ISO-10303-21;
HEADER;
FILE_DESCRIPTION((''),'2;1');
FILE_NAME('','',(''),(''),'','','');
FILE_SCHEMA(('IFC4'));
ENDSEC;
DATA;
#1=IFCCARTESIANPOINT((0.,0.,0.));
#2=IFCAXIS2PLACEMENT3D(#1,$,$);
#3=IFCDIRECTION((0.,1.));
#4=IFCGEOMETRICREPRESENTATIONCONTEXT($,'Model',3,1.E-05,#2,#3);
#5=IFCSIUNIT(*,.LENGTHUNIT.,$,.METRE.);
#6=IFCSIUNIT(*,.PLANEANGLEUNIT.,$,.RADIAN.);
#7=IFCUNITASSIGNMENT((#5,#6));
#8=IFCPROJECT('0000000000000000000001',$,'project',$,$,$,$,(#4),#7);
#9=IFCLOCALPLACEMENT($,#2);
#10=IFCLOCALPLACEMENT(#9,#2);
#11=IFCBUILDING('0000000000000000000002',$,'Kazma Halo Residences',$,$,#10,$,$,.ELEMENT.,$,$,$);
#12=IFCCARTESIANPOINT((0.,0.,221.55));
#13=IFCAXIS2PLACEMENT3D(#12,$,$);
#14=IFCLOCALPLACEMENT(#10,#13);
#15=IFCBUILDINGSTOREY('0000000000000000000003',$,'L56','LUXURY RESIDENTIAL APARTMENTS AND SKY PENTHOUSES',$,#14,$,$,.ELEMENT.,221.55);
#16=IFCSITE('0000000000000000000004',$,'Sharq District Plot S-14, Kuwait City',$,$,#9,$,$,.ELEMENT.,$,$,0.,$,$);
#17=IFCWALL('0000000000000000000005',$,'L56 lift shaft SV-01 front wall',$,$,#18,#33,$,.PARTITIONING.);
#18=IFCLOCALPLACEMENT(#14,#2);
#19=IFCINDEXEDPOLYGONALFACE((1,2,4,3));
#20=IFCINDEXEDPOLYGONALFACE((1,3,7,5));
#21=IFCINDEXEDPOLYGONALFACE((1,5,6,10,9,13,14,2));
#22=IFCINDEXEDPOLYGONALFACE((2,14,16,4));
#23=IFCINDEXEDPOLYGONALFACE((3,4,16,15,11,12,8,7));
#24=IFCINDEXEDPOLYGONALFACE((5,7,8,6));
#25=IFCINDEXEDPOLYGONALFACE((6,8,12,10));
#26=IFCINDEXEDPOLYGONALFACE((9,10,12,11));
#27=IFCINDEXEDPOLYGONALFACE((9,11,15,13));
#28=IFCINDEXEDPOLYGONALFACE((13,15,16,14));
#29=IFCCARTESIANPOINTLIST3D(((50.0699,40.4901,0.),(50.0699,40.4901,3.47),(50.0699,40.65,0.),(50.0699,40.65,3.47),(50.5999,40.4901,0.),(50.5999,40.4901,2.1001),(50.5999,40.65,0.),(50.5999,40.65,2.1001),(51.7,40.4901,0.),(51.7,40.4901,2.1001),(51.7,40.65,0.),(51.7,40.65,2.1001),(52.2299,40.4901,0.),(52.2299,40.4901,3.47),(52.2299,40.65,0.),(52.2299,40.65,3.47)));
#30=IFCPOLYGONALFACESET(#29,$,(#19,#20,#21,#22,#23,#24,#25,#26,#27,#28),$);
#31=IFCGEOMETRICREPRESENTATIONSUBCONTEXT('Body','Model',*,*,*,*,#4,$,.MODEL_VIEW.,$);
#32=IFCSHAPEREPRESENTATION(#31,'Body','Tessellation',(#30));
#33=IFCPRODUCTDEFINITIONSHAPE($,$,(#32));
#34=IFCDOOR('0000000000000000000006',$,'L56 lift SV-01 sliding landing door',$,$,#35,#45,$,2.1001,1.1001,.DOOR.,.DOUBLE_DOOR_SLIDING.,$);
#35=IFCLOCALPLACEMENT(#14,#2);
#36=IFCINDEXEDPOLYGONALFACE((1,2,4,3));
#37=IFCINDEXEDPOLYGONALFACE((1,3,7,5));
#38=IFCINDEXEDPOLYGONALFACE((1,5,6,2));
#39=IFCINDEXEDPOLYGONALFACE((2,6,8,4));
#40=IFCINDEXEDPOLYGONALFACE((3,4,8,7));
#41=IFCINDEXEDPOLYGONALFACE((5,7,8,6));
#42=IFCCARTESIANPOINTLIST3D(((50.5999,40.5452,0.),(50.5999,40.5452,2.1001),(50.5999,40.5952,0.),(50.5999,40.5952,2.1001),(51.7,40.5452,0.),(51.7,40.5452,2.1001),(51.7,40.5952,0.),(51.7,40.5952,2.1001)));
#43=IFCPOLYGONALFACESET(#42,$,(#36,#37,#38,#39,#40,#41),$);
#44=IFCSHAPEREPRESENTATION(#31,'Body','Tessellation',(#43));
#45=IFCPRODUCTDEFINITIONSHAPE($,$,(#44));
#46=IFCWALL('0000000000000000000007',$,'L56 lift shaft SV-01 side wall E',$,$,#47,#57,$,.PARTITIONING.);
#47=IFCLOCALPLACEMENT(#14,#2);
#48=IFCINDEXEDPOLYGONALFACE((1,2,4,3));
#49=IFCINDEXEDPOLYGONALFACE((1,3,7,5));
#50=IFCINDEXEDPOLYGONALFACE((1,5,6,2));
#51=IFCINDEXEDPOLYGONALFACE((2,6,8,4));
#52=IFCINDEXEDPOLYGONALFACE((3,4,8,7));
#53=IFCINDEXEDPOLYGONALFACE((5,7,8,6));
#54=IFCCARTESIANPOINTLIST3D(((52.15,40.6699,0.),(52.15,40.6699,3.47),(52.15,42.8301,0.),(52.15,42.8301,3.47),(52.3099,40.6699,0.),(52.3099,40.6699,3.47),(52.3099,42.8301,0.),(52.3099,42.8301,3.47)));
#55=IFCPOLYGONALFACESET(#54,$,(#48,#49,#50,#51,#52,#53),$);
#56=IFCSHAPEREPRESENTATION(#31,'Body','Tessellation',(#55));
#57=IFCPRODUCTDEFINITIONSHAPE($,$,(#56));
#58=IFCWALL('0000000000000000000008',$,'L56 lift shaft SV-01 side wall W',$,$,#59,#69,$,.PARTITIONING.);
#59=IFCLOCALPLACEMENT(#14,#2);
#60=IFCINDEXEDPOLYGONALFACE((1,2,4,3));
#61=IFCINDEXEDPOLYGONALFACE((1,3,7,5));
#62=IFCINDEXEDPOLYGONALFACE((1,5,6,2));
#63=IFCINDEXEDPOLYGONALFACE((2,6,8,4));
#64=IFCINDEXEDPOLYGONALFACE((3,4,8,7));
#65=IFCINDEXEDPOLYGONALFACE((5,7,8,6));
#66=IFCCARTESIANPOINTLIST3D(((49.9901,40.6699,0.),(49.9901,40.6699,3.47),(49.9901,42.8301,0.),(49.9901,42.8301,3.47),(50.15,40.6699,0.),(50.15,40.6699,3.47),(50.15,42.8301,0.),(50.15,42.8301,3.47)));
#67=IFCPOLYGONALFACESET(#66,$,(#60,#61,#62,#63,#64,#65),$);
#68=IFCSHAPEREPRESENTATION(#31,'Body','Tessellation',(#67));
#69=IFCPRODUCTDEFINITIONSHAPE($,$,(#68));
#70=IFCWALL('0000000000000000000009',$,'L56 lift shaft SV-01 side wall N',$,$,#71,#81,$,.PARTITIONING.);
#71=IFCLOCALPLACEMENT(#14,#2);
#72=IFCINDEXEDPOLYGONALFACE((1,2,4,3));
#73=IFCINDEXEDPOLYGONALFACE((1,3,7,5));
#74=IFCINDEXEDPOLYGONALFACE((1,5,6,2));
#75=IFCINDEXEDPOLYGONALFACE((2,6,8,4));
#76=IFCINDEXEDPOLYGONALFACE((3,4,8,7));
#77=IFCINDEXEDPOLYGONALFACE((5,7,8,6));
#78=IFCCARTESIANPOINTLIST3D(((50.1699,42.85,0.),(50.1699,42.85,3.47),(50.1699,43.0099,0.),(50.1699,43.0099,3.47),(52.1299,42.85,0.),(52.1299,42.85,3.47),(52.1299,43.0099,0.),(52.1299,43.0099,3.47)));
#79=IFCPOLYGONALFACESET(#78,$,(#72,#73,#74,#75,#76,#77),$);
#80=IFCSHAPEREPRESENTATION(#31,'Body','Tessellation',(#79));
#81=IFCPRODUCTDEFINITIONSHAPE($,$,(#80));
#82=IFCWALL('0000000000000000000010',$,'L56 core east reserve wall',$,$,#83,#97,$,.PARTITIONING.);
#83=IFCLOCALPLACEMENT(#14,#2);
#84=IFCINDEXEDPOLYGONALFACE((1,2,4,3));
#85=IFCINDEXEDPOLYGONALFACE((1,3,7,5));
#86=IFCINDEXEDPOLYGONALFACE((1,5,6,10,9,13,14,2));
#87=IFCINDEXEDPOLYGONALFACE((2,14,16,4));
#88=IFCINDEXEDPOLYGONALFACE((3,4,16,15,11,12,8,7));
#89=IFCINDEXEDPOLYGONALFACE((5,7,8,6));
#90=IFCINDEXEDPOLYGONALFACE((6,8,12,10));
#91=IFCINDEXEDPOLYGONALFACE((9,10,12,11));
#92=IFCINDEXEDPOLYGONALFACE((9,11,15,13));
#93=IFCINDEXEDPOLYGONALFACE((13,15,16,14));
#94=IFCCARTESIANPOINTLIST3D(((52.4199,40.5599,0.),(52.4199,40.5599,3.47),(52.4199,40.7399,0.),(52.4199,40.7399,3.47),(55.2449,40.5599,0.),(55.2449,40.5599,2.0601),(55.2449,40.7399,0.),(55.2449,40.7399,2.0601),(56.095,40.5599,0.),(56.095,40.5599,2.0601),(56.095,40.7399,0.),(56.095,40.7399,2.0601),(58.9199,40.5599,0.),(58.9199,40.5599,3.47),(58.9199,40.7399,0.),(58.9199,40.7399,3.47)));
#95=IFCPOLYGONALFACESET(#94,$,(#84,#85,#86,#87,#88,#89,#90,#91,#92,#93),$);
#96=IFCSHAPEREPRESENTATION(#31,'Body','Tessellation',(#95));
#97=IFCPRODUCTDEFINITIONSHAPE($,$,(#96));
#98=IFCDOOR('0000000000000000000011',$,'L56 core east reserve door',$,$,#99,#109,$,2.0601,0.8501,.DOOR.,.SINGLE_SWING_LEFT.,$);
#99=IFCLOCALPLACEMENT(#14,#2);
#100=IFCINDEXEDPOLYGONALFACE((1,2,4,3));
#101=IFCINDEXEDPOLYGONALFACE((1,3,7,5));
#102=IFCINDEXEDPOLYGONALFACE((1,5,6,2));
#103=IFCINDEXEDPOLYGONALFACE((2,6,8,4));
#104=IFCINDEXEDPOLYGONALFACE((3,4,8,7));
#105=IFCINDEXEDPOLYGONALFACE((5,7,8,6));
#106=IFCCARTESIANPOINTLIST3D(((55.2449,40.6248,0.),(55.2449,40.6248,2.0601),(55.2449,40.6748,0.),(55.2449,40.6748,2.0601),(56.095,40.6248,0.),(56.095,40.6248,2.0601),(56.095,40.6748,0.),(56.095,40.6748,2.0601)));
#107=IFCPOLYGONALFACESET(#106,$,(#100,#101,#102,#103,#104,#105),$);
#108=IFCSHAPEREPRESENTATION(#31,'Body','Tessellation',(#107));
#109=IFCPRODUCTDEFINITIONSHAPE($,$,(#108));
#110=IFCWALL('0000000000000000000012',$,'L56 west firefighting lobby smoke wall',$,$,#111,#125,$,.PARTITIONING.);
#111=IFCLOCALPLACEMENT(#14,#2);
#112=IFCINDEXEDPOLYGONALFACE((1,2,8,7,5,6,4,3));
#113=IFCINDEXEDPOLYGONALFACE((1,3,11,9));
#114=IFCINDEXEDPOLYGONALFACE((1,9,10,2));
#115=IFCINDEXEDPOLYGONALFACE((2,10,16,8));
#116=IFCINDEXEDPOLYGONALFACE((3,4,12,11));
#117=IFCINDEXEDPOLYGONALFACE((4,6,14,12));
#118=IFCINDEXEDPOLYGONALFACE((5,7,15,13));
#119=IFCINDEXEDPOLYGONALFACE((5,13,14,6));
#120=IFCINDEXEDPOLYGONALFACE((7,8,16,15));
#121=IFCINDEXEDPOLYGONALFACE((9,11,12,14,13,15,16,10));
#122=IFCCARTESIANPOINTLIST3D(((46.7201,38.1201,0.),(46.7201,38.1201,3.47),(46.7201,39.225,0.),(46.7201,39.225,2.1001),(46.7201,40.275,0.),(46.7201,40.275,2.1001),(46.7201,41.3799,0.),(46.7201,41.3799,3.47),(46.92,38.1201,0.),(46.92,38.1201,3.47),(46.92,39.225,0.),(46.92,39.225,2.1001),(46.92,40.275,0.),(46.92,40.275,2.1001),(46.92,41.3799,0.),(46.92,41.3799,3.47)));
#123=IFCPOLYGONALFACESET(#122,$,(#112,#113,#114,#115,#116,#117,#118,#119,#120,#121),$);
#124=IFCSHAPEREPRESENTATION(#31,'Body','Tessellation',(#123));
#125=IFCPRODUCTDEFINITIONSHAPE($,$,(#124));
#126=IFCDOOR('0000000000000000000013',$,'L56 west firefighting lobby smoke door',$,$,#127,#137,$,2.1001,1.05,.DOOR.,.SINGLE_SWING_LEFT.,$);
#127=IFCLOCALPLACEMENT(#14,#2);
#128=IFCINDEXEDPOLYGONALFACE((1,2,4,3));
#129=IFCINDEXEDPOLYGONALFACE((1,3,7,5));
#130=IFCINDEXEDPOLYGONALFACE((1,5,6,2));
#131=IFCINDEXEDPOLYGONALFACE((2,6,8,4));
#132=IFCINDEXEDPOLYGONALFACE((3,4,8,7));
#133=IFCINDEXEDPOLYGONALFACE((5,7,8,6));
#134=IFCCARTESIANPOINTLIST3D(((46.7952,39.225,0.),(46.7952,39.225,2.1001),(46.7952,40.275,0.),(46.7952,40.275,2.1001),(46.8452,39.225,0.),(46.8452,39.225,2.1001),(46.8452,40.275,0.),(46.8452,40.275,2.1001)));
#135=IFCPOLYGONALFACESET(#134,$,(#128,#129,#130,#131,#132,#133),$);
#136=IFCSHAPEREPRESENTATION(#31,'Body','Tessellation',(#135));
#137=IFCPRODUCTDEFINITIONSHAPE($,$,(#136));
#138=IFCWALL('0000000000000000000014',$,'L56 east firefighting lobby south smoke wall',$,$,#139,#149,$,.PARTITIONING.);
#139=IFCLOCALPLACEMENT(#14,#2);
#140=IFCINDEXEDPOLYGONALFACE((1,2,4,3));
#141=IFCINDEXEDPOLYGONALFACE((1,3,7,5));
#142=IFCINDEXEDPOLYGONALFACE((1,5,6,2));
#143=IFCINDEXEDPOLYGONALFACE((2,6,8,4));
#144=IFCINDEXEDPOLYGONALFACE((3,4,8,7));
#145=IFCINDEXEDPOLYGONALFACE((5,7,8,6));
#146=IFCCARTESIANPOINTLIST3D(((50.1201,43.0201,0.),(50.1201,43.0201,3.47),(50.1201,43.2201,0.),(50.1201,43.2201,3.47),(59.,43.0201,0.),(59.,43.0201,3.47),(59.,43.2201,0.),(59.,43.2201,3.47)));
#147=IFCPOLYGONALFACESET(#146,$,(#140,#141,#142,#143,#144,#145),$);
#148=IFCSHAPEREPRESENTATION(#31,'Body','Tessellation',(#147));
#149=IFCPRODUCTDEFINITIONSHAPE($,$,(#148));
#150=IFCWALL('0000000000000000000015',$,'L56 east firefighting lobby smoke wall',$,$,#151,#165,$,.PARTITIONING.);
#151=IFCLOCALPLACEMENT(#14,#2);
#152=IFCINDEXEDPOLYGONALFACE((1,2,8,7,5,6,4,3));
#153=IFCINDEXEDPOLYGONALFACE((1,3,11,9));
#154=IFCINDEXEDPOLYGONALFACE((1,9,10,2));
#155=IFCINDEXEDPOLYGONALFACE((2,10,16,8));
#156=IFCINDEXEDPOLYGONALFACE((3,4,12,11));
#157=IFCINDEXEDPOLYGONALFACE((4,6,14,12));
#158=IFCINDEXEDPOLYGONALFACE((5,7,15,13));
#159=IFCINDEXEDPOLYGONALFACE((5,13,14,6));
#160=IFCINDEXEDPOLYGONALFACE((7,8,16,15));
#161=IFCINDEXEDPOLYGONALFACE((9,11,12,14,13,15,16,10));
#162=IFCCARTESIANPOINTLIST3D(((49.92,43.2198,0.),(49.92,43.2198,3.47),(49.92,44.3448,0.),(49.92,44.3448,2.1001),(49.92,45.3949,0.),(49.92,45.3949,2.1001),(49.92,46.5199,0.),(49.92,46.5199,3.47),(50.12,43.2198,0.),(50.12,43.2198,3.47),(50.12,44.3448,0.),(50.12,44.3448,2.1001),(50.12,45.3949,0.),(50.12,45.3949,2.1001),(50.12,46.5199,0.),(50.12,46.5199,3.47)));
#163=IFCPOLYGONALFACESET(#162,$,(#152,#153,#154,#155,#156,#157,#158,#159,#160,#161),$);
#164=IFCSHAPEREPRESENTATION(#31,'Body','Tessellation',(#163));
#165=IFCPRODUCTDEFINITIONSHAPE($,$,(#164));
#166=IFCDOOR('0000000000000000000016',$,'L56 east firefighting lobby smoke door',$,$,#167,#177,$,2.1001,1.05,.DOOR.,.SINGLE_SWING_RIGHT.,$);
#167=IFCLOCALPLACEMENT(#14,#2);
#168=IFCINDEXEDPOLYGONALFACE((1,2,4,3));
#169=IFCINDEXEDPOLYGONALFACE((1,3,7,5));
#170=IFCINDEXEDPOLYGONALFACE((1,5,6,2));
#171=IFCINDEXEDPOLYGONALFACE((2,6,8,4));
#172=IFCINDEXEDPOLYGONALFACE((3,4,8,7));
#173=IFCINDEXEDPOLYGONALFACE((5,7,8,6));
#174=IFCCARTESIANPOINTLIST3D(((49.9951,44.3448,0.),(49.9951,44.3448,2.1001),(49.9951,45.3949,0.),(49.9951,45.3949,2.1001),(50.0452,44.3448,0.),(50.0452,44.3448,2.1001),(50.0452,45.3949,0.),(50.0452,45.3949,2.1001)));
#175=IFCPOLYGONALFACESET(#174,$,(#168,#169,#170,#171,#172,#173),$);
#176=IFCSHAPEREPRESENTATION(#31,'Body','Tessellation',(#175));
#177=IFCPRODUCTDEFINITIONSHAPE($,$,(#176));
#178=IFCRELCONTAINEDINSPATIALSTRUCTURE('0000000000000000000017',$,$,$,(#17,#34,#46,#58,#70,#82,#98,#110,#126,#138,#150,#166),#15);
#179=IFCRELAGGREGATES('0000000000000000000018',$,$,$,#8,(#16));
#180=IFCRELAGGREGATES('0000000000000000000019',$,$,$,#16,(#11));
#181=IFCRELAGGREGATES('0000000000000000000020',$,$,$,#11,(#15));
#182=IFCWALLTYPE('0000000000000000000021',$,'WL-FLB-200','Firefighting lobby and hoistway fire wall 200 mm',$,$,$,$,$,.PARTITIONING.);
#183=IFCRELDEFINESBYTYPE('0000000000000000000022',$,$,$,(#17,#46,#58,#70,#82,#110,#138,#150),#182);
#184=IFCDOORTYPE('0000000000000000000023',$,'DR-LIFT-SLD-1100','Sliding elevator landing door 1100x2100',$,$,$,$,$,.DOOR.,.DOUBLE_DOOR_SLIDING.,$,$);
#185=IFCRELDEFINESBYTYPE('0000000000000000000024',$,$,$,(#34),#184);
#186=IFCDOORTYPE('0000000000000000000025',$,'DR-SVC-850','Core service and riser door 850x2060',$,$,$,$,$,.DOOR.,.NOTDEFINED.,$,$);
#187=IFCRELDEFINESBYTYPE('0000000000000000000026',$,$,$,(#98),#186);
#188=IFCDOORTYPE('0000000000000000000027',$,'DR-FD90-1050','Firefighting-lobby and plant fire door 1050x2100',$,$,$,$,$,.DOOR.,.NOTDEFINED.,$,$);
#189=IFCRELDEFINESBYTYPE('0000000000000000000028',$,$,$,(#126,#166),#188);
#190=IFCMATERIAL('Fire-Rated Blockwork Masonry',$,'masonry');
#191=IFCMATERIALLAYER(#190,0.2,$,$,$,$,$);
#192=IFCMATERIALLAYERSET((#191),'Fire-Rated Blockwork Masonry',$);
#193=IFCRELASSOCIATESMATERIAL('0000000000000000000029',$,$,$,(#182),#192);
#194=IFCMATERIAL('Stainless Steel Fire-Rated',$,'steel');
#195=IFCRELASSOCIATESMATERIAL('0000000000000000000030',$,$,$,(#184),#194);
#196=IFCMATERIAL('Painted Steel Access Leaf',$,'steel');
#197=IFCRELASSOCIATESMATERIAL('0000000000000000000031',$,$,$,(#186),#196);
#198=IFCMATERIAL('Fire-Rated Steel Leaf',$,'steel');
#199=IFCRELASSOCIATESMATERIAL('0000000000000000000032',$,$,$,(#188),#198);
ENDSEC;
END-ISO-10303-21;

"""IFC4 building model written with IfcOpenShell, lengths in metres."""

from ifc_helpers import new_model, si_unit, direction, frame, frame_2d, origin, place, context, subcontext, project, spatial, rectangle, extrude, material, layer, layer_set, type_object, element, fill, save


model = new_model("IFC4")

# Units and contexts
model_context = context("Model", 3, precision=1e-05, world=origin(), true_north=direction((0.0, 1.0)))
body_context = subcontext(model_context, "Body", "Model", "MODEL_VIEW")
ifc_project = project(units=[si_unit("LENGTHUNIT", "METRE"), si_unit("PLANEANGLEUNIT", "RADIAN")], contexts=[model_context])

# Site, building, storey
site_placement = place(None, origin())
site = spatial("IfcSite", under=ifc_project, at=site_placement, Name="Sharq District Plot S-14, Kuwait City", CompositionType="ELEMENT", RefElevation=0.0)
building_placement = place(site_placement, origin())
building = spatial("IfcBuilding", under=site, at=building_placement, Name="Kazma Halo Residences", CompositionType="ELEMENT")
storey_placement = place(building_placement, frame((0.0, 0.0, 221.55)))
storey = spatial("IfcBuildingStorey", under=building, at=storey_placement, Name="L56", Description="LUXURY RESIDENTIAL APARTMENTS AND SKY PENTHOUSES", CompositionType="ELEMENT", Elevation=221.55)

# Shared definitions
ifc_material_1 = material(Name="Fire-Rated Blockwork Masonry", Category="masonry")
ifc_layer_1 = layer(ifc_material_1, 0.2)
ifc_layer_set_1 = layer_set([ifc_layer_1], Name="Fire-Rated Blockwork Masonry")
wall_type_1 = type_object("IfcWallType", Name="WL-FLB-200", Description="Firefighting lobby and hoistway fire wall 200 mm", PredefinedType="PARTITIONING", material=ifc_layer_set_1)

# Wall, opening, door
wall_1_placement = place(storey_placement, frame((52.23, 40.5701, 0.0), z_axis=(0.0, 0.0, 1.0), x_axis=(-1.0, 0.0, 0.0)))
wall_1 = element("IfcWall", 1, at=wall_1_placement, inside=storey, type_object=wall_type_1, Name="L56 lift shaft SV-01 front wall", PredefinedType="PARTITIONING", context=body_context, shape_type="SweptSolid", body=[
    extrude(rectangle(XDim=2.1599, YDim=0.1599, at=frame_2d((1.0801, 0.0))), origin(), (0.0, 0.0, 1.0), 3.47),
])
opening_1_placement = place(wall_1_placement, frame((0.53, 0.0, 0.0)))
opening_1 = element("IfcOpeningElement", 2, at=opening_1_placement, cuts=wall_1, PredefinedType="OPENING", context=body_context, shape_type="SweptSolid", body=[
    extrude(rectangle(XDim=1.1001, YDim=2.1001, at=frame_2d((0.55, 1.05))), frame((0.0, 0.0898, 0.0), z_axis=(0.0, -1.0, 0.0), x_axis=(1.0, 0.0, 0.0)), (0.0, 0.0, 1.0), 0.1799),
])
ifc_material_2 = material(Name="Stainless Steel Fire-Rated", Category="steel")
door_type_1 = type_object("IfcDoorType", Name="DR-LIFT-SLD-1100", Description="Sliding elevator landing door 1100x2100", OperationType="DOUBLE_DOOR_SLIDING", PredefinedType="DOOR", material=ifc_material_2)
door_1_placement = place(opening_1_placement, origin())
door_1 = element("IfcDoor", 3, at=door_1_placement, inside=storey, type_object=door_type_1, Name="L56 lift SV-01 sliding landing door", OperationType="DOUBLE_DOOR_SLIDING", OverallHeight=2.1001, OverallWidth=1.1001, PredefinedType="DOOR", context=body_context, shape_type="SweptSolid", body=[
    extrude(rectangle(XDim=1.1001, YDim=2.1001, at=frame_2d((0.55, 1.05))), frame((0.0, 0.0249, 0.0), z_axis=(0.0, -1.0, 0.0), x_axis=(1.0, 0.0, 0.0)), (0.0, 0.0, 1.0), 0.05),
])
fill(opening_1, door_1)

# Walls
for number, where, z_axis, x_axis, name in (
    (4, (52.23, 40.6699, 0.0), (0.0, 0.0, 1.0), (0.0, 1.0, 0.0), "L56 lift shaft SV-01 side wall E"),
    (5, (50.0701, 40.6699, 0.0), (0.0, 0.0, 1.0), (0.0, 1.0, 0.0), "L56 lift shaft SV-01 side wall W"),
):
    element("IfcWall", number, at=place(storey_placement, frame(where, z_axis=z_axis, x_axis=x_axis)), inside=storey, type_object=wall_type_1, Name=name, PredefinedType="PARTITIONING", context=body_context, shape_type="SweptSolid", body=[
        extrude(rectangle(XDim=2.1602, YDim=0.1599, at=frame_2d((1.0801, 0.0))), origin(), (0.0, 0.0, 1.0), 3.47),
    ])
wall_2_placement = place(storey_placement, frame((50.1699, 42.9299, 0.0), z_axis=(0.0, 0.0, 1.0), x_axis=(1.0, 0.0, 0.0)))
element("IfcWall", 6, at=wall_2_placement, inside=storey, type_object=wall_type_1, Name="L56 lift shaft SV-01 side wall N", PredefinedType="PARTITIONING", context=body_context, shape_type="SweptSolid", body=[
    extrude(rectangle(XDim=1.96, YDim=0.1599, at=frame_2d((0.98, 0.0))), origin(), (0.0, 0.0, 1.0), 3.47),
])

# Walls, openings, doors
wall_3_placement = place(storey_placement, frame((52.4199, 40.6499, 0.0), z_axis=(0.0, 0.0, 1.0), x_axis=(1.0, 0.0, 0.0)))
wall_3 = element("IfcWall", 7, at=wall_3_placement, inside=storey, type_object=wall_type_1, Name="L56 core east reserve wall", PredefinedType="PARTITIONING", context=body_context, shape_type="SweptSolid", body=[
    extrude(rectangle(XDim=6.5, YDim=0.1799, at=frame_2d((3.25, 0.0))), origin(), (0.0, 0.0, 1.0), 3.47),
])
opening_2_placement = place(wall_3_placement, frame((2.825, 0.0, 0.0)))
opening_2 = element("IfcOpeningElement", 8, at=opening_2_placement, cuts=wall_3, PredefinedType="OPENING", context=body_context, shape_type="SweptSolid", body=[
    extrude(rectangle(XDim=0.8501, YDim=2.0601, at=frame_2d((0.425, 1.03))), frame((0.0, 0.0999, 0.0), z_axis=(0.0, -1.0, 0.0), x_axis=(1.0, 0.0, 0.0)), (0.0, 0.0, 1.0), 0.2),
])
ifc_material_3 = material(Name="Painted Steel Access Leaf", Category="steel")
door_type_2 = type_object("IfcDoorType", Name="DR-SVC-850", Description="Core service and riser door 850x2060", OperationType="NOTDEFINED", PredefinedType="DOOR", material=ifc_material_3)
door_2_placement = place(opening_2_placement, origin())
door_2 = element("IfcDoor", 9, at=door_2_placement, inside=storey, type_object=door_type_2, Name="L56 core east reserve door", OperationType="SINGLE_SWING_LEFT", OverallHeight=2.0601, OverallWidth=0.8501, PredefinedType="DOOR", context=body_context, shape_type="SweptSolid", body=[
    extrude(rectangle(XDim=0.8501, YDim=2.0601, at=frame_2d((0.425, 1.03))), frame((0.0, 0.0249, 0.0), z_axis=(0.0, -1.0, 0.0), x_axis=(1.0, 0.0, 0.0)), (0.0, 0.0, 1.0), 0.05),
])
fill(opening_2, door_2)
wall_4_placement = place(storey_placement, frame((46.8201, 38.1201, 0.0), z_axis=(0.0, 0.0, 1.0), x_axis=(0.0, 1.0, 0.0)))
wall_4 = element("IfcWall", 10, at=wall_4_placement, inside=storey, type_object=wall_type_1, Name="L56 west firefighting lobby smoke wall", PredefinedType="PARTITIONING", context=body_context, shape_type="SweptSolid", body=[
    extrude(rectangle(XDim=3.2598, YDim=0.2, at=frame_2d((1.6299, 0.0))), origin(), (0.0, 0.0, 1.0), 3.47),
])
opening_3_placement = place(wall_4_placement, frame((1.105, 0.0, 0.0)))
opening_3 = element("IfcOpeningElement", 11, at=opening_3_placement, cuts=wall_4, PredefinedType="OPENING", context=body_context, shape_type="SweptSolid", body=[
    extrude(rectangle(XDim=1.05, YDim=2.1001, at=frame_2d((0.5249, 1.05))), frame((0.0, 0.1099, 0.0), z_axis=(0.0, -1.0, 0.0), x_axis=(1.0, 0.0, 0.0)), (0.0, 0.0, 1.0), 0.22),
])
ifc_material_4 = material(Name="Fire-Rated Steel Leaf", Category="steel")
door_type_3 = type_object("IfcDoorType", Name="DR-FD90-1050", Description="Firefighting-lobby and plant fire door 1050x2100", OperationType="NOTDEFINED", PredefinedType="DOOR", material=ifc_material_4)
door_3_placement = place(opening_3_placement, origin())
door_3 = element("IfcDoor", 12, at=door_3_placement, inside=storey, type_object=door_type_3, Name="L56 west firefighting lobby smoke door", OperationType="SINGLE_SWING_LEFT", OverallHeight=2.1001, OverallWidth=1.05, PredefinedType="DOOR", context=body_context, shape_type="SweptSolid", body=[
    extrude(rectangle(XDim=1.05, YDim=2.1001, at=frame_2d((0.5249, 1.05))), frame((0.0, 0.0249, 0.0), z_axis=(0.0, -1.0, 0.0), x_axis=(1.0, 0.0, 0.0)), (0.0, 0.0, 1.0), 0.05),
])
fill(opening_3, door_3)

# Wall
wall_5_placement = place(storey_placement, frame((50.1201, 43.1201, 0.0), z_axis=(0.0, 0.0, 1.0), x_axis=(1.0, 0.0, 0.0)))
element("IfcWall", 13, at=wall_5_placement, inside=storey, type_object=wall_type_1, Name="L56 east firefighting lobby south smoke wall", PredefinedType="PARTITIONING", context=body_context, shape_type="SweptSolid", body=[
    extrude(rectangle(XDim=8.8799, YDim=0.2, at=frame_2d((4.4399, 0.0))), origin(), (0.0, 0.0, 1.0), 3.47),
])

# Wall, opening, door
wall_6_placement = place(storey_placement, frame((50.02, 43.22, 0.0), z_axis=(0.0, 0.0, 1.0), x_axis=(0.0, 1.0, 0.0)))
wall_6 = element("IfcWall", 14, at=wall_6_placement, inside=storey, type_object=wall_type_1, Name="L56 east firefighting lobby smoke wall", PredefinedType="PARTITIONING", context=body_context, shape_type="SweptSolid", body=[
    extrude(rectangle(XDim=3.3, YDim=0.2, at=frame_2d((1.6499, 0.0))), origin(), (0.0, 0.0, 1.0), 3.47),
])
opening_4_placement = place(wall_6_placement, frame((1.125, 0.0, 0.0)))
opening_4 = element("IfcOpeningElement", 15, at=opening_4_placement, cuts=wall_6, PredefinedType="OPENING", context=body_context, shape_type="SweptSolid", body=[
    extrude(rectangle(XDim=1.05, YDim=2.1001, at=frame_2d((0.5249, 1.05))), frame((0.0, 0.1099, 0.0), z_axis=(0.0, -1.0, 0.0), x_axis=(1.0, 0.0, 0.0)), (0.0, 0.0, 1.0), 0.22),
])
door_4_placement = place(opening_4_placement, origin())
door_4 = element("IfcDoor", 16, at=door_4_placement, inside=storey, type_object=door_type_3, Name="L56 east firefighting lobby smoke door", OperationType="SINGLE_SWING_RIGHT", OverallHeight=2.1001, OverallWidth=1.05, PredefinedType="DOOR", context=body_context, shape_type="SweptSolid", body=[
    extrude(rectangle(XDim=1.05, YDim=2.1001, at=frame_2d((0.5249, 1.05))), frame((0.0, 0.0249, 0.0), z_axis=(0.0, -1.0, 0.0), x_axis=(1.0, 0.0, 0.0)), (0.0, 0.0, 1.0), 0.05),
])
fill(opening_4, door_4)

save(model, "model.ifc")
